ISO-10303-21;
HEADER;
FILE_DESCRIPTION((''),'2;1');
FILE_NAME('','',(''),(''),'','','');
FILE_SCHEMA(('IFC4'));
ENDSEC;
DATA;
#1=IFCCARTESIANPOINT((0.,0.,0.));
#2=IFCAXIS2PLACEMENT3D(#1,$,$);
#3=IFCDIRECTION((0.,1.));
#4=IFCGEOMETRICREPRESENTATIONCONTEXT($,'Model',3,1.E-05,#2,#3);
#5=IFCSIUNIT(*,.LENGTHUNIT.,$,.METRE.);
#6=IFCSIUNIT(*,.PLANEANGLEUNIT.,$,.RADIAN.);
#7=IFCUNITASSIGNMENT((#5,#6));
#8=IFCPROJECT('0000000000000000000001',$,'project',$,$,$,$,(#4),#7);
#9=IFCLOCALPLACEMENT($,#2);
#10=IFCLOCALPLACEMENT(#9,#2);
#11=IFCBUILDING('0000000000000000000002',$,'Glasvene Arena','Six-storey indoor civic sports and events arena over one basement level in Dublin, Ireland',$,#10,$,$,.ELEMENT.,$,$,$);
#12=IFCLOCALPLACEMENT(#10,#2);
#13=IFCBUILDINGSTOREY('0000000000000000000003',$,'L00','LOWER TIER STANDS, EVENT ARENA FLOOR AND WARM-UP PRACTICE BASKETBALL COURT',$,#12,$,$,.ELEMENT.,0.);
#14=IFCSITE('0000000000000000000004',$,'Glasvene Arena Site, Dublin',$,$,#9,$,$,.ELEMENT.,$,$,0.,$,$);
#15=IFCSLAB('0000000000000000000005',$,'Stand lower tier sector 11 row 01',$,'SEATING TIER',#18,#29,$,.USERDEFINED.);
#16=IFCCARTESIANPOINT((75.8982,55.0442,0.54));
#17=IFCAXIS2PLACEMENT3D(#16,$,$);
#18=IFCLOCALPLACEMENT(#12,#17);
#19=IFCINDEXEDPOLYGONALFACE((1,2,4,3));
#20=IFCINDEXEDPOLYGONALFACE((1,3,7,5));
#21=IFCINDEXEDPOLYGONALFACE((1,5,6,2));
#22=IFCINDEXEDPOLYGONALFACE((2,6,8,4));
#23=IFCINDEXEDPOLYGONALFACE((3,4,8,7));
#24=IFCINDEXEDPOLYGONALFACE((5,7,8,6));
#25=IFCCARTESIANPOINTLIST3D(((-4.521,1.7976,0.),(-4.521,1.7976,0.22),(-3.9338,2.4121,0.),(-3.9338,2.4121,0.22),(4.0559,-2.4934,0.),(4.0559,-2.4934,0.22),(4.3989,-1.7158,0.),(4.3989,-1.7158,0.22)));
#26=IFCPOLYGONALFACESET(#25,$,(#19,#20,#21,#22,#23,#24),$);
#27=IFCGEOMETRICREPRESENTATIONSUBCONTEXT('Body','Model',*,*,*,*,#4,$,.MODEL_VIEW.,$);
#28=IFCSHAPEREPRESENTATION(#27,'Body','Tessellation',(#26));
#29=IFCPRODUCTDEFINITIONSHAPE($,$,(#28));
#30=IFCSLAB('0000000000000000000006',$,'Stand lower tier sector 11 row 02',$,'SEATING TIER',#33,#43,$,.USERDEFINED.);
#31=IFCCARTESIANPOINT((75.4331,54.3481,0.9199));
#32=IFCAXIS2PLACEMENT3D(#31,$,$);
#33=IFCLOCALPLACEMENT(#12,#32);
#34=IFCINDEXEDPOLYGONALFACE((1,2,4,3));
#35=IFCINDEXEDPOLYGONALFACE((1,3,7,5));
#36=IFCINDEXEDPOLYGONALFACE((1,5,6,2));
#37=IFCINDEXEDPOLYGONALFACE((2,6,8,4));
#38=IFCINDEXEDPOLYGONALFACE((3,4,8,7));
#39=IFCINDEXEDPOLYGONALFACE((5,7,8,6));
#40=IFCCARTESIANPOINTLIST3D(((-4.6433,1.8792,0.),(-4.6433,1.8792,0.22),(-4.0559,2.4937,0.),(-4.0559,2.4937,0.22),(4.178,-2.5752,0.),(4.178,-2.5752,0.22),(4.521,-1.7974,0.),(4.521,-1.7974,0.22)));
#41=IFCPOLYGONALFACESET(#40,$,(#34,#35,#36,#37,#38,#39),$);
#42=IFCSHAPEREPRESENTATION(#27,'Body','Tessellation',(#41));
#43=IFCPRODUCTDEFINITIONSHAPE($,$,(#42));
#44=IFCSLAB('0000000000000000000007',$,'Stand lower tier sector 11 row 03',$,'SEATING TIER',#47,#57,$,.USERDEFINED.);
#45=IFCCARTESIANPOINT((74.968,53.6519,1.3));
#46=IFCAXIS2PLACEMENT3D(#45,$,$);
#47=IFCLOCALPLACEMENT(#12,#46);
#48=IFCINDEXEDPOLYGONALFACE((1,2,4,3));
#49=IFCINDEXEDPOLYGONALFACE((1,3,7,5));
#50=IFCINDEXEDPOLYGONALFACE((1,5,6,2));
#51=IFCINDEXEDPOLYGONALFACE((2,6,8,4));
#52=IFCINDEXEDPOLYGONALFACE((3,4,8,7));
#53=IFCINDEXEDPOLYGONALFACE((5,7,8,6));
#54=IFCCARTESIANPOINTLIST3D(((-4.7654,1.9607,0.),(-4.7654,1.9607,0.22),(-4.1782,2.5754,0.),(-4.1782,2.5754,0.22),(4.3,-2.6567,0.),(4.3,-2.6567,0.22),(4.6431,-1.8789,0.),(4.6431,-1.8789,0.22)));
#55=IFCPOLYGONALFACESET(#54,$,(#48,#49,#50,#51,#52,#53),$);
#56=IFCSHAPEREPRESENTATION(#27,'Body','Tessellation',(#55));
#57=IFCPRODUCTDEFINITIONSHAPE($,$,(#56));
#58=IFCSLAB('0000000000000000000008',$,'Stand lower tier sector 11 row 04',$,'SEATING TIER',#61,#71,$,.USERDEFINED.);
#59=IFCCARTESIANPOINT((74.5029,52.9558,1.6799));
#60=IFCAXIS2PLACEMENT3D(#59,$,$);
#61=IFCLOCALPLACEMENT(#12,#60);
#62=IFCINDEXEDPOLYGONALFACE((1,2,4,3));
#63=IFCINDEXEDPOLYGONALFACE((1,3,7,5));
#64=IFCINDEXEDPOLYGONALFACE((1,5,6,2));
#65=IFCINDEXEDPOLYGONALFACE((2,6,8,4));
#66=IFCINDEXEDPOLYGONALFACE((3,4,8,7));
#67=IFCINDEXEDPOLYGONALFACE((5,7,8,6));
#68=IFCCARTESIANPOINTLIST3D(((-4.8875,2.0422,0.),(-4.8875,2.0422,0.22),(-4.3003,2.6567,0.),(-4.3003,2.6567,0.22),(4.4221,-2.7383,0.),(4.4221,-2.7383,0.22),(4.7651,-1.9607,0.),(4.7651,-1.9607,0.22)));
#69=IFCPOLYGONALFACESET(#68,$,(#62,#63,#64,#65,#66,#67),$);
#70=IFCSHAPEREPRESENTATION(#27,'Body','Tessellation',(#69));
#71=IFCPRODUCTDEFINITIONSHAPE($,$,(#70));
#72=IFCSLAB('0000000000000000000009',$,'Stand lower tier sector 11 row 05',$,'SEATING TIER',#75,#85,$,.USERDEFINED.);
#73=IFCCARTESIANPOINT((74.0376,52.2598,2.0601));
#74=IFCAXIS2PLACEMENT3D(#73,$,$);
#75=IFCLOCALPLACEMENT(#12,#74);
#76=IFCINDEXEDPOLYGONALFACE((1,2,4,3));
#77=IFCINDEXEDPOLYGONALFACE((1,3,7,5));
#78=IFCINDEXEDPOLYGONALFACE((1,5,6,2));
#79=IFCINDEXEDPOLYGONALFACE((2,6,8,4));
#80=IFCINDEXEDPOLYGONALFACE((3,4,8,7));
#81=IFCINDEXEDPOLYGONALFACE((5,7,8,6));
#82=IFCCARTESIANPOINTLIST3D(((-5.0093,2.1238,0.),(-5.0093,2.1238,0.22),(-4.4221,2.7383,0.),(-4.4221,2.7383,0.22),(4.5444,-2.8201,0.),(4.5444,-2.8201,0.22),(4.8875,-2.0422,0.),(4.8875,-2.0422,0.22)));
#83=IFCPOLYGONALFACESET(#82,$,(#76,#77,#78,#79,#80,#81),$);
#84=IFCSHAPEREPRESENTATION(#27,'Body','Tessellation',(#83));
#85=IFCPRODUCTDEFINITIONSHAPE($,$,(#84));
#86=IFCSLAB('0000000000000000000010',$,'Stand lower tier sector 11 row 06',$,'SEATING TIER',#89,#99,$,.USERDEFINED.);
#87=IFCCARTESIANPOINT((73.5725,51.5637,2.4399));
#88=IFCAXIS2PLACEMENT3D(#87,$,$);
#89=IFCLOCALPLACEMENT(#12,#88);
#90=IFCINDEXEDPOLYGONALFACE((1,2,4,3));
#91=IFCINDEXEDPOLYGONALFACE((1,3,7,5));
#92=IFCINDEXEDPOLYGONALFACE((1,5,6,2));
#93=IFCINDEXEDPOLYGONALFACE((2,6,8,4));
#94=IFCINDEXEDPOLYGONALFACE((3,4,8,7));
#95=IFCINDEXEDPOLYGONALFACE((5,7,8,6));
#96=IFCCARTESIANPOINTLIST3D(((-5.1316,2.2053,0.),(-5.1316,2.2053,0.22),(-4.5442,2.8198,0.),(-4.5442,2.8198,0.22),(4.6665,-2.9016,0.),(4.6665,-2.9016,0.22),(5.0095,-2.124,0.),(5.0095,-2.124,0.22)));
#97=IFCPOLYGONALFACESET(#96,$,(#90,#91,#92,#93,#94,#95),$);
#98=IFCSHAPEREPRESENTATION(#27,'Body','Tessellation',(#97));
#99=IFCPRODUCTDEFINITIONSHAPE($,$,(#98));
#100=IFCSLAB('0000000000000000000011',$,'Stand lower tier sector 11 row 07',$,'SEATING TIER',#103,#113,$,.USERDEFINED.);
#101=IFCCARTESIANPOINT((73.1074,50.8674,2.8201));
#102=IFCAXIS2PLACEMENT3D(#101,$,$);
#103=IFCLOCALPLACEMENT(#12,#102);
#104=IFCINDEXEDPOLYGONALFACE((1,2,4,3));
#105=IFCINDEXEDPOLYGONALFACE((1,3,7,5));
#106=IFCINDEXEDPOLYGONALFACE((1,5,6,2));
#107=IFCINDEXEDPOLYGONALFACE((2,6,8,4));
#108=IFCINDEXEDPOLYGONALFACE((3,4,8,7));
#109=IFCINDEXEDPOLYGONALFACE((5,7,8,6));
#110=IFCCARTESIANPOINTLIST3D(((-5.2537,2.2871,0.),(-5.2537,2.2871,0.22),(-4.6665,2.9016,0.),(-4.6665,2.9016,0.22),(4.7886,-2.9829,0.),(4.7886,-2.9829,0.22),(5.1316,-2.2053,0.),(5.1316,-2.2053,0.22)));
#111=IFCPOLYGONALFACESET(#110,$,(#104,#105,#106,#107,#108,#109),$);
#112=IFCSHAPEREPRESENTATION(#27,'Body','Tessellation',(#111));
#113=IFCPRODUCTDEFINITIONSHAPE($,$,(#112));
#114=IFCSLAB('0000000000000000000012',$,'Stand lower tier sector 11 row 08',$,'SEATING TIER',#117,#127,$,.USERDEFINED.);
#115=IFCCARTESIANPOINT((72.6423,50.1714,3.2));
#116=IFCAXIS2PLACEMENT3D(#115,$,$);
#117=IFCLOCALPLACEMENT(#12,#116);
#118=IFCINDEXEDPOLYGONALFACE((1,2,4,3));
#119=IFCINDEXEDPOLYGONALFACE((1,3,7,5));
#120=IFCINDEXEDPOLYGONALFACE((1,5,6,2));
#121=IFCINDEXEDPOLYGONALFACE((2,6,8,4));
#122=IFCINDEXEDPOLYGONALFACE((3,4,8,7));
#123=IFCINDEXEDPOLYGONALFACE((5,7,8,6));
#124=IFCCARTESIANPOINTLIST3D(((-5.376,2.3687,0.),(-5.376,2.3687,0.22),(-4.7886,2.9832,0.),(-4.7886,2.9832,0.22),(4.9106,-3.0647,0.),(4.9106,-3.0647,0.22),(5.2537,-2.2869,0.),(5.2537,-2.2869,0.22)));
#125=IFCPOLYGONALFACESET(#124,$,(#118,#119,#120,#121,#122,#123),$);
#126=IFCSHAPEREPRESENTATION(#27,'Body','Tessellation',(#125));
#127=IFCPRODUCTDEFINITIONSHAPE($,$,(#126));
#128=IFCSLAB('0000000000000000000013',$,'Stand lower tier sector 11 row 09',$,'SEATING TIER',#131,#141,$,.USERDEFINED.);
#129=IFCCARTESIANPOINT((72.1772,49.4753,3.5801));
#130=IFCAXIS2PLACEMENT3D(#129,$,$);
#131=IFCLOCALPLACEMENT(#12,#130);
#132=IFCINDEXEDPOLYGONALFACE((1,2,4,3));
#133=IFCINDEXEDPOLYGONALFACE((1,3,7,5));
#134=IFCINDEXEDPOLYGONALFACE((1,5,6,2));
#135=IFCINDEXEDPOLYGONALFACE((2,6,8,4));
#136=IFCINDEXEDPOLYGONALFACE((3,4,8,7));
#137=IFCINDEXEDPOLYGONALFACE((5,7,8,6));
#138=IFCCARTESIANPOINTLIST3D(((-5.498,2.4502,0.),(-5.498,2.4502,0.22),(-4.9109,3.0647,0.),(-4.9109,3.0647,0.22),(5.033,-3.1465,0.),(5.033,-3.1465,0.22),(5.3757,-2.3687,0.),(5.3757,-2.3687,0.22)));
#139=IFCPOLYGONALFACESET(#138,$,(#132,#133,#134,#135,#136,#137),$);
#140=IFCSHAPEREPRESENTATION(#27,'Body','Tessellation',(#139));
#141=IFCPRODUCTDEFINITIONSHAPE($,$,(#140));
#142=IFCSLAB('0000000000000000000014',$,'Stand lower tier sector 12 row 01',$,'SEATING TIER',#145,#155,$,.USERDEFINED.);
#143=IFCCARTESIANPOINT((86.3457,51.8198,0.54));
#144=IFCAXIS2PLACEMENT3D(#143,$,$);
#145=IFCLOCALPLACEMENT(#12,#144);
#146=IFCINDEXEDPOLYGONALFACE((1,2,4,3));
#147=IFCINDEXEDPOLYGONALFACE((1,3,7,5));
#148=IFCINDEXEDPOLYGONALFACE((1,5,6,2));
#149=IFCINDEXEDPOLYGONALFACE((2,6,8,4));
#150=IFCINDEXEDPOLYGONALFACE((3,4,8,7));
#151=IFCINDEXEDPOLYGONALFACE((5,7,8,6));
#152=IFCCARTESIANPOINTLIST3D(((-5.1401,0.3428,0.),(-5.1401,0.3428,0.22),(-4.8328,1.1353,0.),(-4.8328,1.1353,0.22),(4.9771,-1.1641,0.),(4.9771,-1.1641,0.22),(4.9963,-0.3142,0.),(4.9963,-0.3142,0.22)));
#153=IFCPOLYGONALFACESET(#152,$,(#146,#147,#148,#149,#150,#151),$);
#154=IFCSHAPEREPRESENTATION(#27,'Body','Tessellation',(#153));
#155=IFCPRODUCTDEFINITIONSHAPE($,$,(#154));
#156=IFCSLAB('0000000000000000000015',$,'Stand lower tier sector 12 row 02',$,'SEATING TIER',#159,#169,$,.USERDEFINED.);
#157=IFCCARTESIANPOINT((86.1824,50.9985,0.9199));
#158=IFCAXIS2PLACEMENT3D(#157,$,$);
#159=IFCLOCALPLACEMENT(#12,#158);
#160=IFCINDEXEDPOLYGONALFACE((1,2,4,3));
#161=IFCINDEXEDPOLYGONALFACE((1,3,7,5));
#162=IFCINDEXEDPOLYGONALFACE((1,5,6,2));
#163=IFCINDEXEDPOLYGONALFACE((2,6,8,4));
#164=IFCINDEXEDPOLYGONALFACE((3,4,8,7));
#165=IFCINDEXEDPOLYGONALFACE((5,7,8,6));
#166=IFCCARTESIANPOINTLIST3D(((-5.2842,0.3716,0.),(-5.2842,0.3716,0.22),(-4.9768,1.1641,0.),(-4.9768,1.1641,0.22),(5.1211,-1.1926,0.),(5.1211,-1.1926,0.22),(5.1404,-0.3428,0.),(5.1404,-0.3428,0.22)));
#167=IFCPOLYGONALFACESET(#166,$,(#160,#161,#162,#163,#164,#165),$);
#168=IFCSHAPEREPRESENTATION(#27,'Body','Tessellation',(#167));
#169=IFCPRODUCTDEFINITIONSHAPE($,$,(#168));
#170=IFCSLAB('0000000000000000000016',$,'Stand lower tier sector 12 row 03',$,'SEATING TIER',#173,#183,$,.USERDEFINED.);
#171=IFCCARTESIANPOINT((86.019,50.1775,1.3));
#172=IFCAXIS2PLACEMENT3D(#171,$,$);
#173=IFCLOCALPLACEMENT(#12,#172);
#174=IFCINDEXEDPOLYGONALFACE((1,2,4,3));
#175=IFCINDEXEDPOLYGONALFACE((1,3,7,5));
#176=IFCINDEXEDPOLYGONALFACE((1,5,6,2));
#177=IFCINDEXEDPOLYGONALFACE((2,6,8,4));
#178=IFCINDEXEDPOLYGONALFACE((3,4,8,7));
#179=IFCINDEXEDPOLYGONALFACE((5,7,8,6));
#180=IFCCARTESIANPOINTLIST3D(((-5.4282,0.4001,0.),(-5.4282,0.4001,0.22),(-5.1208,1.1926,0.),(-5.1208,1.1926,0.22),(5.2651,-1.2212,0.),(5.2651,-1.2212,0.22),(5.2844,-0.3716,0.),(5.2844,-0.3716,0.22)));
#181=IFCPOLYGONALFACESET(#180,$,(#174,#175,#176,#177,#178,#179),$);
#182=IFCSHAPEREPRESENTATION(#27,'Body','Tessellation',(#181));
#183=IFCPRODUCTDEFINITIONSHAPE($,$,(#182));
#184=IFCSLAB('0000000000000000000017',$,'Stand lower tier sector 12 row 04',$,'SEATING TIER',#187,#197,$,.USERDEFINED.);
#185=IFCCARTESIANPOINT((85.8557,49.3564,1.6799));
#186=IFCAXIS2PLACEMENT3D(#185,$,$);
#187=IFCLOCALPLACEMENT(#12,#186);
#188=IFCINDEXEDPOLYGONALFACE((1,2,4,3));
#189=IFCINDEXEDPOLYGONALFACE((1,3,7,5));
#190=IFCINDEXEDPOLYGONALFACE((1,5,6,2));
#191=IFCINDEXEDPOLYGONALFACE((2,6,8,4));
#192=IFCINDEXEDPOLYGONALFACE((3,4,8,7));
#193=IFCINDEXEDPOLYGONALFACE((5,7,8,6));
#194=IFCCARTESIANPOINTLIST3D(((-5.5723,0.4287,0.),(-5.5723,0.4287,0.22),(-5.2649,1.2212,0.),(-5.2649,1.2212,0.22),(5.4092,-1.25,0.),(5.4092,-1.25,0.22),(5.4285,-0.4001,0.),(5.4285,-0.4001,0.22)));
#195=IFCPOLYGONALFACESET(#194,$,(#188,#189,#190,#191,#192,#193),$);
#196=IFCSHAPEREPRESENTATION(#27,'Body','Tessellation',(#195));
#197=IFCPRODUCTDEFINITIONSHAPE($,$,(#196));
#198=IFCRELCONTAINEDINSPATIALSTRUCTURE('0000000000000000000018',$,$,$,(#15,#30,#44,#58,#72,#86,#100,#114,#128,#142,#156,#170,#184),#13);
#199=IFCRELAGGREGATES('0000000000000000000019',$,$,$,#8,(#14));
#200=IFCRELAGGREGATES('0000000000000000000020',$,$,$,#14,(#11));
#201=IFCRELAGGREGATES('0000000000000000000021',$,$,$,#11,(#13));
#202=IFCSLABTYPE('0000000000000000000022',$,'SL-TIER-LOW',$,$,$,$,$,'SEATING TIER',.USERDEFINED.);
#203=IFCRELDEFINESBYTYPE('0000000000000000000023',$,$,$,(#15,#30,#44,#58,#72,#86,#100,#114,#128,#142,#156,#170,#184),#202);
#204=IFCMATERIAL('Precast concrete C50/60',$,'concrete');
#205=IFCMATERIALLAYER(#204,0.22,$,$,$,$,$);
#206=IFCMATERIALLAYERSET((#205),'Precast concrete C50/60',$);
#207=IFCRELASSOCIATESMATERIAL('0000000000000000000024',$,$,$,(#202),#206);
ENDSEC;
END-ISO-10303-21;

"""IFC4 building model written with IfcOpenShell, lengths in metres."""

from ifc_helpers import new_model, si_unit, direction, frame, origin, place, context, subcontext, project, spatial, polyline, outline, extrude, material, layer, layer_set, type_object, element, save


model = new_model("IFC4")

# Units and contexts
model_context = context("Model", 3, precision=1e-05, world=origin(), true_north=direction((0.0, 1.0)))
body_context = subcontext(model_context, "Body", "Model", "MODEL_VIEW")
ifc_project = project(units=[si_unit("LENGTHUNIT", "METRE"), si_unit("PLANEANGLEUNIT", "RADIAN")], contexts=[model_context])

# Site, building, storey
site_placement = place(None, origin())
site = spatial("IfcSite", under=ifc_project, at=site_placement, Name="Glasvene Arena Site, Dublin", CompositionType="ELEMENT", RefElevation=0.0)
building_placement = place(site_placement, origin())
building = spatial("IfcBuilding", under=site, at=building_placement, Name="Glasvene Arena", Description="Six-storey indoor civic sports and events arena over one basement level in Dublin, Ireland", CompositionType="ELEMENT")
storey_placement = place(building_placement, origin())
storey = spatial("IfcBuildingStorey", under=building, at=storey_placement, Name="L00", Description="LOWER TIER STANDS, EVENT ARENA FLOOR AND WARM-UP PRACTICE BASKETBALL COURT", CompositionType="ELEMENT", Elevation=0.0)

# Shared definitions
ifc_material_1 = material(Name="Precast concrete C50/60", Category="concrete")

# Slabs
ifc_layer = layer(ifc_material_1, 0.22)
ifc_layer_set = layer_set([ifc_layer], Name="Precast concrete C50/60")
slab_type = type_object("IfcSlabType", Name="SL-TIER-LOW", ElementType="SEATING TIER", PredefinedType="USERDEFINED", material=ifc_layer_set)
slab_1_placement = place(storey_placement, frame((75.8982, 55.0442, 0.54)))
element("IfcSlab", 1, at=slab_1_placement, inside=storey, type_object=slab_type, Name="Stand lower tier sector 11 row 01", ObjectType="SEATING TIER", PredefinedType="USERDEFINED", context=body_context, shape_type="SweptSolid", body=[
    extrude(outline(polyline([(-3.9338, 2.4121), (4.3989, -1.7158), (4.0559, -2.4934), (-4.521, 1.7976), (-3.9338, 2.4121)])), origin(), (0.0, 0.0, 1.0), 0.22),
])
slab_2_placement = place(storey_placement, frame((75.4331, 54.3481, 0.9199)))
element("IfcSlab", 2, at=slab_2_placement, inside=storey, type_object=slab_type, Name="Stand lower tier sector 11 row 02", ObjectType="SEATING TIER", PredefinedType="USERDEFINED", context=body_context, shape_type="SweptSolid", body=[
    extrude(outline(polyline([(-4.0559, 2.4937), (4.521, -1.7974), (4.178, -2.5752), (-4.6433, 1.8792), (-4.0559, 2.4937)])), origin(), (0.0, 0.0, 1.0), 0.22),
])
slab_3_placement = place(storey_placement, frame((74.968, 53.6519, 1.3)))
element("IfcSlab", 3, at=slab_3_placement, inside=storey, type_object=slab_type, Name="Stand lower tier sector 11 row 03", ObjectType="SEATING TIER", PredefinedType="USERDEFINED", context=body_context, shape_type="SweptSolid", body=[
    extrude(outline(polyline([(-4.1782, 2.5754), (4.6431, -1.8789), (4.3, -2.6567), (-4.7654, 1.9607), (-4.1782, 2.5754)])), origin(), (0.0, 0.0, 1.0), 0.22),
])
slab_4_placement = place(storey_placement, frame((74.5029, 52.9558, 1.6799)))
element("IfcSlab", 4, at=slab_4_placement, inside=storey, type_object=slab_type, Name="Stand lower tier sector 11 row 04", ObjectType="SEATING TIER", PredefinedType="USERDEFINED", context=body_context, shape_type="SweptSolid", body=[
    extrude(outline(polyline([(-4.3003, 2.6567), (4.7651, -1.9607), (4.4221, -2.7383), (-4.8875, 2.0422), (-4.3003, 2.6567)])), origin(), (0.0, 0.0, 1.0), 0.22),
])
slab_5_placement = place(storey_placement, frame((74.0376, 52.2598, 2.0601)))
element("IfcSlab", 5, at=slab_5_placement, inside=storey, type_object=slab_type, Name="Stand lower tier sector 11 row 05", ObjectType="SEATING TIER", PredefinedType="USERDEFINED", context=body_context, shape_type="SweptSolid", body=[
    extrude(outline(polyline([(-4.4221, 2.7383), (4.8875, -2.0422), (4.5444, -2.8201), (-5.0093, 2.1238), (-4.4221, 2.7383)])), origin(), (0.0, 0.0, 1.0), 0.22),
])
slab_6_placement = place(storey_placement, frame((73.5725, 51.5637, 2.4399)))
element("IfcSlab", 6, at=slab_6_placement, inside=storey, type_object=slab_type, Name="Stand lower tier sector 11 row 06", ObjectType="SEATING TIER", PredefinedType="USERDEFINED", context=body_context, shape_type="SweptSolid", body=[
    extrude(outline(polyline([(-4.5442, 2.8198), (5.0095, -2.124), (4.6665, -2.9016), (-5.1316, 2.2053), (-4.5442, 2.8198)])), origin(), (0.0, 0.0, 1.0), 0.22),
])
slab_7_placement = place(storey_placement, frame((73.1074, 50.8674, 2.8201)))
element("IfcSlab", 7, at=slab_7_placement, inside=storey, type_object=slab_type, Name="Stand lower tier sector 11 row 07", ObjectType="SEATING TIER", PredefinedType="USERDEFINED", context=body_context, shape_type="SweptSolid", body=[
    extrude(outline(polyline([(-4.6665, 2.9016), (5.1316, -2.2053), (4.7886, -2.9829), (-5.2537, 2.2871), (-4.6665, 2.9016)])), origin(), (0.0, 0.0, 1.0), 0.22),
])
slab_8_placement = place(storey_placement, frame((72.6423, 50.1714, 3.2)))
element("IfcSlab", 8, at=slab_8_placement, inside=storey, type_object=slab_type, Name="Stand lower tier sector 11 row 08", ObjectType="SEATING TIER", PredefinedType="USERDEFINED", context=body_context, shape_type="SweptSolid", body=[
    extrude(outline(polyline([(-4.7886, 2.9832), (5.2537, -2.2869), (4.9106, -3.0647), (-5.376, 2.3687), (-4.7886, 2.9832)])), origin(), (0.0, 0.0, 1.0), 0.22),
])
slab_9_placement = place(storey_placement, frame((72.1772, 49.4753, 3.5801)))
element("IfcSlab", 9, at=slab_9_placement, inside=storey, type_object=slab_type, Name="Stand lower tier sector 11 row 09", ObjectType="SEATING TIER", PredefinedType="USERDEFINED", context=body_context, shape_type="SweptSolid", body=[
    extrude(outline(polyline([(-4.9109, 3.0647), (5.3757, -2.3687), (5.033, -3.1465), (-5.498, 2.4502), (-4.9109, 3.0647)])), origin(), (0.0, 0.0, 1.0), 0.22),
])
slab_10_placement = place(storey_placement, frame((86.3457, 51.8198, 0.54)))
element("IfcSlab", 10, at=slab_10_placement, inside=storey, type_object=slab_type, Name="Stand lower tier sector 12 row 01", ObjectType="SEATING TIER", PredefinedType="USERDEFINED", context=body_context, shape_type="SweptSolid", body=[
    extrude(outline(polyline([(-4.8328, 1.1353), (4.9963, -0.3142), (4.9771, -1.1641), (-5.1401, 0.3428), (-4.8328, 1.1353)])), origin(), (0.0, 0.0, 1.0), 0.22),
])
slab_11_placement = place(storey_placement, frame((86.1824, 50.9985, 0.9199)))
element("IfcSlab", 11, at=slab_11_placement, inside=storey, type_object=slab_type, Name="Stand lower tier sector 12 row 02", ObjectType="SEATING TIER", PredefinedType="USERDEFINED", context=body_context, shape_type="SweptSolid", body=[
    extrude(outline(polyline([(-4.9768, 1.1641), (5.1404, -0.3428), (5.1211, -1.1926), (-5.2842, 0.3716), (-4.9768, 1.1641)])), origin(), (0.0, 0.0, 1.0), 0.22),
])
slab_12_placement = place(storey_placement, frame((86.019, 50.1775, 1.3)))
element("IfcSlab", 12, at=slab_12_placement, inside=storey, type_object=slab_type, Name="Stand lower tier sector 12 row 03", ObjectType="SEATING TIER", PredefinedType="USERDEFINED", context=body_context, shape_type="SweptSolid", body=[
    extrude(outline(polyline([(-5.1208, 1.1926), (5.2844, -0.3716), (5.2651, -1.2212), (-5.4282, 0.4001), (-5.1208, 1.1926)])), origin(), (0.0, 0.0, 1.0), 0.22),
])
slab_13_placement = place(storey_placement, frame((85.8557, 49.3564, 1.6799)))
element("IfcSlab", 13, at=slab_13_placement, inside=storey, type_object=slab_type, Name="Stand lower tier sector 12 row 04", ObjectType="SEATING TIER", PredefinedType="USERDEFINED", context=body_context, shape_type="SweptSolid", body=[
    extrude(outline(polyline([(-5.2649, 1.2212), (5.4285, -0.4001), (5.4092, -1.25), (-5.5723, 0.4287), (-5.2649, 1.2212)])), origin(), (0.0, 0.0, 1.0), 0.22),
])

save(model, "model.ifc")
